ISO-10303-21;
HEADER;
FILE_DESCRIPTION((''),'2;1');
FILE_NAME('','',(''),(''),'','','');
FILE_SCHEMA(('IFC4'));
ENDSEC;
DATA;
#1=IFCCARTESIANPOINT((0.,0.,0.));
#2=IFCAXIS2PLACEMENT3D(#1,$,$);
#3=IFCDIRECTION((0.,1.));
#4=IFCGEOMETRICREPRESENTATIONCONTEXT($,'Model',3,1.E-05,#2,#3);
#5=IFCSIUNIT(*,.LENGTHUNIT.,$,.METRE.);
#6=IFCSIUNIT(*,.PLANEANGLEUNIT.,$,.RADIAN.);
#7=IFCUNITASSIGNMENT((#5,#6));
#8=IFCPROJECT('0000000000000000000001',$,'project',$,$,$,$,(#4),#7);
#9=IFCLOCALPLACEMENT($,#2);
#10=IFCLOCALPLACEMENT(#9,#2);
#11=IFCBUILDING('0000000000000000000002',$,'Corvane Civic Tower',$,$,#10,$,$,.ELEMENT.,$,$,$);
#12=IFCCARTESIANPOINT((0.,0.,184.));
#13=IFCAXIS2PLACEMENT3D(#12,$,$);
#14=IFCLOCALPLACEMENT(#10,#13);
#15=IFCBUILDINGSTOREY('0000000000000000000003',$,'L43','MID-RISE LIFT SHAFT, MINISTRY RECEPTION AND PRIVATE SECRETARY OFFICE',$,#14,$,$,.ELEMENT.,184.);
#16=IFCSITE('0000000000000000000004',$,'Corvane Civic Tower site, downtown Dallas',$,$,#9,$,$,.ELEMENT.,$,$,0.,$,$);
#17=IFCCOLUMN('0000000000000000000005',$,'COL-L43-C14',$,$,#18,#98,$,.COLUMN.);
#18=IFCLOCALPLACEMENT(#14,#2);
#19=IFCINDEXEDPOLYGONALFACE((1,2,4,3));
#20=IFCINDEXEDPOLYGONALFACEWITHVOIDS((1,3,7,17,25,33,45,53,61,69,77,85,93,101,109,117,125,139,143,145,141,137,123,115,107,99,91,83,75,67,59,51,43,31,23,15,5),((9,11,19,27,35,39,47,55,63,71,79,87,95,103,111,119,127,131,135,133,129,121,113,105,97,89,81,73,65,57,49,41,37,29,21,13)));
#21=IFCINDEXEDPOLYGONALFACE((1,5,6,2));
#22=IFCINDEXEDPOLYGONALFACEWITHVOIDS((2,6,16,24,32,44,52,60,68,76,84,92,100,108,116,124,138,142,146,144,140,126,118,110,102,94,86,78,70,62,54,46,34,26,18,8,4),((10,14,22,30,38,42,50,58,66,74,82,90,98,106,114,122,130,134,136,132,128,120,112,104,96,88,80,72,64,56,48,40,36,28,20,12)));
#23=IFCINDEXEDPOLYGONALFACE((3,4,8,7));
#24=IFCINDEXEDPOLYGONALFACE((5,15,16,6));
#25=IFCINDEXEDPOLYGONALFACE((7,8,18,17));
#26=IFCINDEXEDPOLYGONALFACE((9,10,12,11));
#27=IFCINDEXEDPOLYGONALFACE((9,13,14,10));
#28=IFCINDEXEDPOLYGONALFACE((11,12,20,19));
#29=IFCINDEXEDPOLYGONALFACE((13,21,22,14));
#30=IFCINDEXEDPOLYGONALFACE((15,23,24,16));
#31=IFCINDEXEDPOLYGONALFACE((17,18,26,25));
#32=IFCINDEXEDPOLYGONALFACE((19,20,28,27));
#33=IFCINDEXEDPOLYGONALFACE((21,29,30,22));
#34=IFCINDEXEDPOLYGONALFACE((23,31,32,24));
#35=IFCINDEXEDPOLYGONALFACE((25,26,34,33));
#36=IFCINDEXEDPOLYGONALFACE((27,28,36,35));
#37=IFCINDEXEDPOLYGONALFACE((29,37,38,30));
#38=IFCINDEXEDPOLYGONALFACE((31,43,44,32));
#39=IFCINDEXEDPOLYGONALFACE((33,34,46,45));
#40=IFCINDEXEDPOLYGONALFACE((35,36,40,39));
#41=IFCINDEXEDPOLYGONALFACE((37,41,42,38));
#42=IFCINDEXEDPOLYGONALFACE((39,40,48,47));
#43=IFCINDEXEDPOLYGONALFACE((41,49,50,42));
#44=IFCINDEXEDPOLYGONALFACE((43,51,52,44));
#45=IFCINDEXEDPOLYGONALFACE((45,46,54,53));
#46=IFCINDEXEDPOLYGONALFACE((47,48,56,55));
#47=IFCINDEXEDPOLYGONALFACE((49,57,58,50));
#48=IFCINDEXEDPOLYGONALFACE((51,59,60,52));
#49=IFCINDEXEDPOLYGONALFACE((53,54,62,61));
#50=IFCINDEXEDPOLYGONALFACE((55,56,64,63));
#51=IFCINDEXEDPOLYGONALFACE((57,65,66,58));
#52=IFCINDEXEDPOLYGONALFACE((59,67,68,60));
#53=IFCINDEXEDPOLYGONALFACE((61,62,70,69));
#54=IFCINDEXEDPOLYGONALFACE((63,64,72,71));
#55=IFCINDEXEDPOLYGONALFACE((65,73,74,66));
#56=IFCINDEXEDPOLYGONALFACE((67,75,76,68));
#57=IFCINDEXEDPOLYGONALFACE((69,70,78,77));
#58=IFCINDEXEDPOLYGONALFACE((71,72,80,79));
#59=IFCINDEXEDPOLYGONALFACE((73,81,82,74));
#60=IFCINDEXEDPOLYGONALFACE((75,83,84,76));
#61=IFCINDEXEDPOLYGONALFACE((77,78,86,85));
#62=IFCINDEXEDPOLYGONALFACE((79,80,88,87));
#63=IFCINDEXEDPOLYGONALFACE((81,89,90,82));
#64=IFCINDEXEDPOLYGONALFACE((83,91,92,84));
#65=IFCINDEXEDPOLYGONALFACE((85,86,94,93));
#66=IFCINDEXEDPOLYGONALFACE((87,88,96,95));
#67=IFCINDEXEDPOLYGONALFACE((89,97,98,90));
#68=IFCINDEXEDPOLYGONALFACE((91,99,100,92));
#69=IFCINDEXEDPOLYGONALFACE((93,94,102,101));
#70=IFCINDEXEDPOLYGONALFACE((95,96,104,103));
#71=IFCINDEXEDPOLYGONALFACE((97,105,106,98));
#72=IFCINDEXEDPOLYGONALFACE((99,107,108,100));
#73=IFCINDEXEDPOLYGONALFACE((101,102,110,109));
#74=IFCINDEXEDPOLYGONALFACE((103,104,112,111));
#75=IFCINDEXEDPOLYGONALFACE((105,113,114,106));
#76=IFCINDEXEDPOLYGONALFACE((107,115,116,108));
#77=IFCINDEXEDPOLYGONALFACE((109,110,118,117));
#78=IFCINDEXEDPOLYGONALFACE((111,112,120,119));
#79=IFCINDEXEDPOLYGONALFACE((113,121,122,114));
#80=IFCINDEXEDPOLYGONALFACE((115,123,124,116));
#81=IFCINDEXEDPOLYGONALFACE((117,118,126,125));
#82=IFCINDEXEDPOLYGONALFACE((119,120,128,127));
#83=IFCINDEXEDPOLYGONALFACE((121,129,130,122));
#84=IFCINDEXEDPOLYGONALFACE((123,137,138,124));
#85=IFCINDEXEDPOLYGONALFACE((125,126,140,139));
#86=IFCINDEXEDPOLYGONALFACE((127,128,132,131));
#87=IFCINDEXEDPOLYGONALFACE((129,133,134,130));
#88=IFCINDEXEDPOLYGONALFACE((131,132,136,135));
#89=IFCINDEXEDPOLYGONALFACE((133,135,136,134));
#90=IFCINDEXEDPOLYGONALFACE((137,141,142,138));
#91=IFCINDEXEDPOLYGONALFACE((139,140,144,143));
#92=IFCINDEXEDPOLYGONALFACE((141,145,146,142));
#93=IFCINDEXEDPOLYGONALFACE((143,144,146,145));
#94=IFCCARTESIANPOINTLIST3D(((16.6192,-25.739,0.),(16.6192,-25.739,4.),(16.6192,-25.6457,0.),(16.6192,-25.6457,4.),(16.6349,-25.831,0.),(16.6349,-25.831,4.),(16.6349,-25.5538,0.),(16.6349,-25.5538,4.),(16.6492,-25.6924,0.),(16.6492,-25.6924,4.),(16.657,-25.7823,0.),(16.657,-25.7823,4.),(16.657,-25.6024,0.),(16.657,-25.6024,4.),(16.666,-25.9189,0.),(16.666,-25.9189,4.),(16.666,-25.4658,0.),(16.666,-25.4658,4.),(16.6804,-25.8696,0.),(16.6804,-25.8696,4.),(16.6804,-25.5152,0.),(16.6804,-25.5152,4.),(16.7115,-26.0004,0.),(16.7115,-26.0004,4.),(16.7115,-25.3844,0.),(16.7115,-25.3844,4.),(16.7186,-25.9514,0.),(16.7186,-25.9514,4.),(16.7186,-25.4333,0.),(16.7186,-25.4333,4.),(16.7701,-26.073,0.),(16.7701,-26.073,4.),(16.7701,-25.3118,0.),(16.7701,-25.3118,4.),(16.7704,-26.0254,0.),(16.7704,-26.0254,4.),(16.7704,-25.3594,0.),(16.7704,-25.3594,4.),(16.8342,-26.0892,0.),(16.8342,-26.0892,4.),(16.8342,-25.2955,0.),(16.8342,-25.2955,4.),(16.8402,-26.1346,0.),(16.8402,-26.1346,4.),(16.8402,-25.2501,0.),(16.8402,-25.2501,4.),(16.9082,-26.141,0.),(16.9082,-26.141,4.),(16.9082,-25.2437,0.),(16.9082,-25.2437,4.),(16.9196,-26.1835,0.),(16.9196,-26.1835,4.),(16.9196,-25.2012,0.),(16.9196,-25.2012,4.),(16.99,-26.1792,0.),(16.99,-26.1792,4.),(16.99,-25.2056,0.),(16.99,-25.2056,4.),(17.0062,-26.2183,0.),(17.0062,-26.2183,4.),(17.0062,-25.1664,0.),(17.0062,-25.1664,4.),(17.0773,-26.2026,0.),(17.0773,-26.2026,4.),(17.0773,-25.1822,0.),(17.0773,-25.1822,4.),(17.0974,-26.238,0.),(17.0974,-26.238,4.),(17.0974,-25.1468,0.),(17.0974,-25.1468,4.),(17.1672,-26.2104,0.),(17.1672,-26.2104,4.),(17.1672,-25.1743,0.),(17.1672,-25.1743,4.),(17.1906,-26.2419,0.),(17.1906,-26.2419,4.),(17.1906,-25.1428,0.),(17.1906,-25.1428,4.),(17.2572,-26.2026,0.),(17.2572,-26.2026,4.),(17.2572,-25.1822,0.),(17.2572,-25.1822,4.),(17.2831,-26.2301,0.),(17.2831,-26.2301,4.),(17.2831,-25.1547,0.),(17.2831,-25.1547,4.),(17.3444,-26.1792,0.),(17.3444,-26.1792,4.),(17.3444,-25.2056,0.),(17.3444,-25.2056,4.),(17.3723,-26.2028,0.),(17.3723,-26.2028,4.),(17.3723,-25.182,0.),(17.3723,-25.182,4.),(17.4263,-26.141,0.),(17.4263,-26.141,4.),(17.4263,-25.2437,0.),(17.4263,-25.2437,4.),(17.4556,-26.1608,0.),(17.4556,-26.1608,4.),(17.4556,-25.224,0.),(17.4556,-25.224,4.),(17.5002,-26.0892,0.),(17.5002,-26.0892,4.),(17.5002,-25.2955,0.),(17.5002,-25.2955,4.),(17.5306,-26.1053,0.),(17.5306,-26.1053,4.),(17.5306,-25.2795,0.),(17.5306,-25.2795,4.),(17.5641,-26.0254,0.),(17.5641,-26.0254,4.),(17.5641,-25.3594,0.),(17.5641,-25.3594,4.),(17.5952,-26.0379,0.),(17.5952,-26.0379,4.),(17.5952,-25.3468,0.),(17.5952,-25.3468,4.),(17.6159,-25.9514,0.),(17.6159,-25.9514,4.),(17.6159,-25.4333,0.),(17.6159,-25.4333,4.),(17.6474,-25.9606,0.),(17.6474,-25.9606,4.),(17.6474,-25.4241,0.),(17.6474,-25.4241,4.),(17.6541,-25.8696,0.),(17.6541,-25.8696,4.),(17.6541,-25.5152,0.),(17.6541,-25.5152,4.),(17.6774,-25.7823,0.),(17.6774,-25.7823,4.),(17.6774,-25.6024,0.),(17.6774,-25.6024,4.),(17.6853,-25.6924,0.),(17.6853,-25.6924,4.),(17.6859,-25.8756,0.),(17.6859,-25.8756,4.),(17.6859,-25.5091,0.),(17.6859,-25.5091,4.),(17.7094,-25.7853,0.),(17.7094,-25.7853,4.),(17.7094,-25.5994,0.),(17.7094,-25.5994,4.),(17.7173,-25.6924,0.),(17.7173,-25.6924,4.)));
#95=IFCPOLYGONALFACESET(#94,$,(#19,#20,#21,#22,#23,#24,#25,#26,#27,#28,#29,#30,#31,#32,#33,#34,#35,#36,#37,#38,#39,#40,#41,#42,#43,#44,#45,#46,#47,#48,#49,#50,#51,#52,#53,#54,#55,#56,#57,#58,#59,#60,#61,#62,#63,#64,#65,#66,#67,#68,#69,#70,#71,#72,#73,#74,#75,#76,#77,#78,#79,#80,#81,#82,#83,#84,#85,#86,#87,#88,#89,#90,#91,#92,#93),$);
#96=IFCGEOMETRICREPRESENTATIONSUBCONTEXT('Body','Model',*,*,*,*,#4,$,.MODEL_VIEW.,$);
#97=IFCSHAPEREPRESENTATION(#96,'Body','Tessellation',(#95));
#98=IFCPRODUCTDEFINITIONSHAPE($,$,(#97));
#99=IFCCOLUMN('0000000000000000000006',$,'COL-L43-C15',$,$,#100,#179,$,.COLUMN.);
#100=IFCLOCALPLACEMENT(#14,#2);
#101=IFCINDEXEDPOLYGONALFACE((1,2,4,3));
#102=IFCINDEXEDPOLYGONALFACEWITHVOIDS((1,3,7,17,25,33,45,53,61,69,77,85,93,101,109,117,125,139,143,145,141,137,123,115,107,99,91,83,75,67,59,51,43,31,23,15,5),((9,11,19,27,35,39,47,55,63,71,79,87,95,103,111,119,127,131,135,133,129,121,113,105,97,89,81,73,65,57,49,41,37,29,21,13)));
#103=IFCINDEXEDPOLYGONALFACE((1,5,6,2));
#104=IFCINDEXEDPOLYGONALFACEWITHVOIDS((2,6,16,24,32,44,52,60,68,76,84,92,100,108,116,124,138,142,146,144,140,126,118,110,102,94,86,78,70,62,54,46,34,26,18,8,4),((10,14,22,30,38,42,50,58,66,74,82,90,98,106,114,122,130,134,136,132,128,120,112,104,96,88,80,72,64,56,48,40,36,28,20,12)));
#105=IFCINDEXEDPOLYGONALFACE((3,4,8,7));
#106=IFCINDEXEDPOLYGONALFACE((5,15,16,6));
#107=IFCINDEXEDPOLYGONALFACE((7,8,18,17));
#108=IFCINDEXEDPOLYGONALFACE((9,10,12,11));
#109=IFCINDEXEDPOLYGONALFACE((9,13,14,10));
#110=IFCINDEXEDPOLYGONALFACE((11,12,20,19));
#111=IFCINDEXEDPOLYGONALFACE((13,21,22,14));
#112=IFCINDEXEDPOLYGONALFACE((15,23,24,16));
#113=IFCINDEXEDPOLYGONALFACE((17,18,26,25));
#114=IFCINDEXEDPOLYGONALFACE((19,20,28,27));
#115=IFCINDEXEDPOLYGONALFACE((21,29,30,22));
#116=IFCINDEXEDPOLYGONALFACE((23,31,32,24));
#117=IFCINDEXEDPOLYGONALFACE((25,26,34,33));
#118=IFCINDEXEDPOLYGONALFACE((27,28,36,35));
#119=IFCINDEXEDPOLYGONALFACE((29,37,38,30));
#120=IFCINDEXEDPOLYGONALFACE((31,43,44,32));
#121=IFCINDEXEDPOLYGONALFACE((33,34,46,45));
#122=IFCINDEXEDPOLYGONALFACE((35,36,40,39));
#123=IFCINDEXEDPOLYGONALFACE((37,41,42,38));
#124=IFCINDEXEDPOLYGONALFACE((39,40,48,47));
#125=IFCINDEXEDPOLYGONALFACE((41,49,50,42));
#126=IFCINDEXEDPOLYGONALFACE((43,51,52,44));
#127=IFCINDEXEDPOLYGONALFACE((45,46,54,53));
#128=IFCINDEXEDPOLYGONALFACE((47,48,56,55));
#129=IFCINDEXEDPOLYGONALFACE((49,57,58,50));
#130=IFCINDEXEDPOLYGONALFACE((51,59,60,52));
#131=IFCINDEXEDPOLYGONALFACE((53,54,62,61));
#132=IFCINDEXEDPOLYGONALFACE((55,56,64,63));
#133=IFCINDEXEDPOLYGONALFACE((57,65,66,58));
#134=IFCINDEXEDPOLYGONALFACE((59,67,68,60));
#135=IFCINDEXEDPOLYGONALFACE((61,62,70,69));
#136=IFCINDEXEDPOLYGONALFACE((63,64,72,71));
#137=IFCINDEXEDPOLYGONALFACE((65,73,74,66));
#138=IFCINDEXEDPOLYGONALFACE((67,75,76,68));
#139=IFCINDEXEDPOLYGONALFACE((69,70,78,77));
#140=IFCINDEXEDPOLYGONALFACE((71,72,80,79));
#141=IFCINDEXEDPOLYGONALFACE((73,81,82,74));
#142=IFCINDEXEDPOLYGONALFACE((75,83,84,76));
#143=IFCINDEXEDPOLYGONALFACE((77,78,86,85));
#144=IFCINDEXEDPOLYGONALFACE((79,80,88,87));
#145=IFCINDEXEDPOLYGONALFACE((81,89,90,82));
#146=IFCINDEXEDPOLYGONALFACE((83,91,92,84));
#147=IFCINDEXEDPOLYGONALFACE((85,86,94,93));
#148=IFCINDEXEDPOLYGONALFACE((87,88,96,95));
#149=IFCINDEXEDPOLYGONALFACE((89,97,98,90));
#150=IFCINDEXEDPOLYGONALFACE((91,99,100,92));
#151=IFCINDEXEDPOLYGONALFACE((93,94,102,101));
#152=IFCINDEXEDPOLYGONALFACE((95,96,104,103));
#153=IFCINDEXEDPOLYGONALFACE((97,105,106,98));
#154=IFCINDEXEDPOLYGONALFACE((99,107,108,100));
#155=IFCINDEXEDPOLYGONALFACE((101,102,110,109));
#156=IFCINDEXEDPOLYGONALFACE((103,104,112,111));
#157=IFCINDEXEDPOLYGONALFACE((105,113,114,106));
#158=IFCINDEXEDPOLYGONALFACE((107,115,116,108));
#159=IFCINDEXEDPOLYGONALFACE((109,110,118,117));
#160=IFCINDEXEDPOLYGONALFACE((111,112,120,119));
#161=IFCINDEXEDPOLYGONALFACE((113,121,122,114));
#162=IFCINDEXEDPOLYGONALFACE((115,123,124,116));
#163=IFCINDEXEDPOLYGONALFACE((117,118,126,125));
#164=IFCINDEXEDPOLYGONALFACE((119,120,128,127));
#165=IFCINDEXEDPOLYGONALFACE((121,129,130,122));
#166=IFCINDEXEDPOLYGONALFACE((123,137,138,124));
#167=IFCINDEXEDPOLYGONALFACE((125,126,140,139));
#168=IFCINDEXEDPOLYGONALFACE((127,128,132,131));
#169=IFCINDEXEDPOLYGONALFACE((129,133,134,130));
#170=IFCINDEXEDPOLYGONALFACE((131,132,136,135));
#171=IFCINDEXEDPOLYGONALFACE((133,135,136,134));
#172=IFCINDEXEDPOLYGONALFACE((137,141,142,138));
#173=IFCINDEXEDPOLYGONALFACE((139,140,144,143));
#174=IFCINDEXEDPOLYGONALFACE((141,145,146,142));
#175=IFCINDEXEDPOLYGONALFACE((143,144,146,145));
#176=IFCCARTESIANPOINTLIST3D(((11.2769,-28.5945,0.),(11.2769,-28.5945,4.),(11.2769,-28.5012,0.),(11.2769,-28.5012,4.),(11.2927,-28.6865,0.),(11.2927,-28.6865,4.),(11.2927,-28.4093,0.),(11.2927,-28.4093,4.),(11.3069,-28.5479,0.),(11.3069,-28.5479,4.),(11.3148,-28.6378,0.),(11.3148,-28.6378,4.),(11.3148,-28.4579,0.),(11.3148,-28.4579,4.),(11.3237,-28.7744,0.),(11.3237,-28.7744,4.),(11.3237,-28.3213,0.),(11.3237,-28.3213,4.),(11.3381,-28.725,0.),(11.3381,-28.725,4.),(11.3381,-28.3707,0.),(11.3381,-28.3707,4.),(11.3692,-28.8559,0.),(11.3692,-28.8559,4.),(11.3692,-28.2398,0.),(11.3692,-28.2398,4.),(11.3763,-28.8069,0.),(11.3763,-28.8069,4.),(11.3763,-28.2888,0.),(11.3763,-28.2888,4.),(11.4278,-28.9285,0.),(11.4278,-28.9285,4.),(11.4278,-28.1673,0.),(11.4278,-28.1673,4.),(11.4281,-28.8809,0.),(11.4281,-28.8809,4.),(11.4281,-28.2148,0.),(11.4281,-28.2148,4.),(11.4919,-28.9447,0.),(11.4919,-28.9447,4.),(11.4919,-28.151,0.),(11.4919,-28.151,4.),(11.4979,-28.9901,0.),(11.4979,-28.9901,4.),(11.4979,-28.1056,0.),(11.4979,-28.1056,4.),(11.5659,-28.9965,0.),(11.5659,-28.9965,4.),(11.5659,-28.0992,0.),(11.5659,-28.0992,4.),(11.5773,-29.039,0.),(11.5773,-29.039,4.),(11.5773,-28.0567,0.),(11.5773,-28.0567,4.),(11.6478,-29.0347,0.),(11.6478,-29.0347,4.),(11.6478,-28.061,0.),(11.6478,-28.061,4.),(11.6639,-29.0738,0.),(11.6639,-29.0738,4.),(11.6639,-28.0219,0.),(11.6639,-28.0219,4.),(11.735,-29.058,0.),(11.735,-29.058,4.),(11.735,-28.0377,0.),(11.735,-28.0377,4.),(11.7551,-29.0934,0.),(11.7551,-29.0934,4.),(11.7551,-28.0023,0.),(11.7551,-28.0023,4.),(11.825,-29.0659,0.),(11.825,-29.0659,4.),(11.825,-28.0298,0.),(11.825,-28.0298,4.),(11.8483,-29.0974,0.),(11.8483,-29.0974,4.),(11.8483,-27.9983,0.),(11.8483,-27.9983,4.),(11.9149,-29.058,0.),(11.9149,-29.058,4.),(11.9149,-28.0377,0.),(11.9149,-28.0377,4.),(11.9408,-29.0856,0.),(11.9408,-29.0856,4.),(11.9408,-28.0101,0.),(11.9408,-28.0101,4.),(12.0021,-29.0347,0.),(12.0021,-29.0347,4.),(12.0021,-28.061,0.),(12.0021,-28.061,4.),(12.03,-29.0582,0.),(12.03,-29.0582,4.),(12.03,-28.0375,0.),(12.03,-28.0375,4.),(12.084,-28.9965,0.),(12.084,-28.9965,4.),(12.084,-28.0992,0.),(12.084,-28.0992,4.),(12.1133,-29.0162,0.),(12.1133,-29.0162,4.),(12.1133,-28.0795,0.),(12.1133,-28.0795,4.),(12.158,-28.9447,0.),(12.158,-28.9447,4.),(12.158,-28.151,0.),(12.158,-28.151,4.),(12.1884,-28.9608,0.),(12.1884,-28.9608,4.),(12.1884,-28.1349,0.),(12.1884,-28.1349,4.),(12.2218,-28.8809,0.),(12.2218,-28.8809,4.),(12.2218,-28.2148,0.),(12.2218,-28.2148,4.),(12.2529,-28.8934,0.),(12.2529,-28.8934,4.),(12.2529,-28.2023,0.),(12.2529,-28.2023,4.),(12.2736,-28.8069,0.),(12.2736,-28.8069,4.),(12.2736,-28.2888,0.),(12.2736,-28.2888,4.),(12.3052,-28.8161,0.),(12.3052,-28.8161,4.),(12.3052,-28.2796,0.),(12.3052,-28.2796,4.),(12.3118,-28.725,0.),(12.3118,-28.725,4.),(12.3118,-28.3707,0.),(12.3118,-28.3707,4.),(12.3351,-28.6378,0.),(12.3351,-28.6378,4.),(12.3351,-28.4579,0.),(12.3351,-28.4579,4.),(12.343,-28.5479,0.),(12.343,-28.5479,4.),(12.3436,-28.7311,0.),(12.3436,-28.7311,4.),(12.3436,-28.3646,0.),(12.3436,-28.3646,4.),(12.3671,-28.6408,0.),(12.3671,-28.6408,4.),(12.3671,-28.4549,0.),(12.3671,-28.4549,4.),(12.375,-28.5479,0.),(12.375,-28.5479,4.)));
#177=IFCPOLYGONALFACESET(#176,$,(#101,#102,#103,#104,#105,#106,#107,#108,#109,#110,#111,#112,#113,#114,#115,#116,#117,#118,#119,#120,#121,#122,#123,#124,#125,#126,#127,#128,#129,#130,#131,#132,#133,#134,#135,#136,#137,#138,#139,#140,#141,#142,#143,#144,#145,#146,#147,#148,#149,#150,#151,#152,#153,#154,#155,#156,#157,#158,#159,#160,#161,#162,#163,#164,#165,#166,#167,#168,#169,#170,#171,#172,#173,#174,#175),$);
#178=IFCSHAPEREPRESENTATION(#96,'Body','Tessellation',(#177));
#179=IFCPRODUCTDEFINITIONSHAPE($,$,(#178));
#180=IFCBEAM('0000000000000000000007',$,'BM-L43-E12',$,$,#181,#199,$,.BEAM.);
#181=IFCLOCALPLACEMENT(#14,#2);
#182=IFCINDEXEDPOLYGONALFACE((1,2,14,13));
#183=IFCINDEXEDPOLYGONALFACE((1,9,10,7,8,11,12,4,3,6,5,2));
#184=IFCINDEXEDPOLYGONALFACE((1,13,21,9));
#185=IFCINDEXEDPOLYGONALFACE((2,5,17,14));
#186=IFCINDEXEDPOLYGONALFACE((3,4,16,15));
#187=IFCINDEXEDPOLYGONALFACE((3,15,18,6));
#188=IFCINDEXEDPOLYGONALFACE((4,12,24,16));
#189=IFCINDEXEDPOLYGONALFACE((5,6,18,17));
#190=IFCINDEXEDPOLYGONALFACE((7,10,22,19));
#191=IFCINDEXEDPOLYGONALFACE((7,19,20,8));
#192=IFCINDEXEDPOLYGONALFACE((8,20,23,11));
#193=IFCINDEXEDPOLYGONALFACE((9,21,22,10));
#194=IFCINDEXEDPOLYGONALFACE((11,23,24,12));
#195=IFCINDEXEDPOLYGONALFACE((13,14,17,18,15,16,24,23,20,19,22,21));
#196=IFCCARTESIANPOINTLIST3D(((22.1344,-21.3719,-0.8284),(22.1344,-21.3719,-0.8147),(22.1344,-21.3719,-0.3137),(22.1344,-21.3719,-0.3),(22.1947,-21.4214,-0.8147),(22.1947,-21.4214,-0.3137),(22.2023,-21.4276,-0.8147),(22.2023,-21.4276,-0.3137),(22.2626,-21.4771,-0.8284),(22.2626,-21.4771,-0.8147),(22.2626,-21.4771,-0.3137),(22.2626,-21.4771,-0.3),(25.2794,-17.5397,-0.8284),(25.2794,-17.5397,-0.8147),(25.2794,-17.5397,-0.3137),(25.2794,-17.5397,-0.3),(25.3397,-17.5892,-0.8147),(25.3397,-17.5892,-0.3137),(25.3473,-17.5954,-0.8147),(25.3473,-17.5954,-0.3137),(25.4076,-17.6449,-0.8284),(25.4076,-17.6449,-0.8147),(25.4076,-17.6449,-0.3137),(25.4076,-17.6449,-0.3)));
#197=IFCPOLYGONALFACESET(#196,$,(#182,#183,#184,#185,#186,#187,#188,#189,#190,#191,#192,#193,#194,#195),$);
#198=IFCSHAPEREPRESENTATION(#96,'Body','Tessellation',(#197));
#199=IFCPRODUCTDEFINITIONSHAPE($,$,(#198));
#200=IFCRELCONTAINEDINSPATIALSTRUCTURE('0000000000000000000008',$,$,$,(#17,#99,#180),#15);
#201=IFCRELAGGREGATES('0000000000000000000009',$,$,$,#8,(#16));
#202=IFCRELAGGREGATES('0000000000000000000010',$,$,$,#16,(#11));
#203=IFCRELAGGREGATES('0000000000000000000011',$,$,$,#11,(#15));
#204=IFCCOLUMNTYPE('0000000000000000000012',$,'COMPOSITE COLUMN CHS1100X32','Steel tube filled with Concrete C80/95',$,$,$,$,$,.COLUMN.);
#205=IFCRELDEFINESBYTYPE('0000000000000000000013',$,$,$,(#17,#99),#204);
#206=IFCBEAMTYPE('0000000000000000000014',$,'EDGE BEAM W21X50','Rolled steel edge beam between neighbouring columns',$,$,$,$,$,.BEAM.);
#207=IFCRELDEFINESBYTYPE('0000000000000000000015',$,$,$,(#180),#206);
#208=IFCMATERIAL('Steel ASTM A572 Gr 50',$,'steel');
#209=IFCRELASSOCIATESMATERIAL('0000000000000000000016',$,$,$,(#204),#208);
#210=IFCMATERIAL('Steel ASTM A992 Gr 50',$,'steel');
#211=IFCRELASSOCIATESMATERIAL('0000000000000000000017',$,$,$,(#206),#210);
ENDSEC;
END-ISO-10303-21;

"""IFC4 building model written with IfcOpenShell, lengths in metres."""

from ifc_helpers import new_model, si_unit, direction, frame, origin, origin_2d, place, context, subcontext, project, spatial, hollow_circle, i_section, extrude, material, material_profile, profile_set, type_object, element, save


model = new_model("IFC4")

# Units and contexts
model_context = context("Model", 3, precision=1e-05, world=origin(), true_north=direction((0.0, 1.0)))
body_context = subcontext(model_context, "Body", "Model", "MODEL_VIEW")
ifc_project = project(units=[si_unit("LENGTHUNIT", "METRE"), si_unit("PLANEANGLEUNIT", "RADIAN")], contexts=[model_context])

# Site, building, storey
site_placement = place(None, origin())
site = spatial("IfcSite", under=ifc_project, at=site_placement, Name="Corvane Civic Tower site, downtown Dallas", CompositionType="ELEMENT", RefElevation=0.0)
building_placement = place(site_placement, origin())
building = spatial("IfcBuilding", under=site, at=building_placement, Name="Corvane Civic Tower", CompositionType="ELEMENT")
storey_placement = place(building_placement, frame((0.0, 0.0, 184.0)))
storey = spatial("IfcBuildingStorey", under=building, at=storey_placement, Name="L43", Description="MID-RISE LIFT SHAFT, MINISTRY RECEPTION AND PRIVATE SECRETARY OFFICE", CompositionType="ELEMENT", Elevation=184.0)

# Columns
ifc_material_1 = material(Name="Steel ASTM A572 Gr 50", Category="steel")
ifc_material_profile_1 = material_profile(ifc_material_1, hollow_circle(Radius=0.55, WallThickness=0.032, at=origin_2d()), Name="CHS1100X32")
ifc_profile_set_1 = profile_set([ifc_material_profile_1], Name="Steel ASTM A572 Gr 50")
column_type = type_object("IfcColumnType", Name="COMPOSITE COLUMN CHS1100X32", Description="Steel tube filled with Concrete C80/95", PredefinedType="COLUMN", material=ifc_profile_set_1)
for number, where, z_axis, x_axis, name in (
    (1, (17.1672, -25.6924, 0.0), (0.0, 0.0, 1.0), (1.0, 0.0, 0.0), "COL-L43-C14"),
    (2, (11.825, -28.5479, 0.0), (0.0, 0.0, 1.0), (1.0, 0.0, 0.0), "COL-L43-C15"),
):
    element("IfcColumn", number, at=place(storey_placement, frame(where, z_axis=z_axis, x_axis=x_axis)), inside=storey, type_object=column_type, Name=name, PredefinedType="COLUMN", context=body_context, shape_type="SweptSolid", body=[
        extrude(hollow_circle(Radius=0.55, WallThickness=0.032, at=origin_2d()), origin(), (0.0, 0.0, 1.0), 4.0),
    ])

# Beam
ifc_material_2 = material(Name="Steel ASTM A992 Gr 50", Category="steel")
ifc_material_profile_2 = material_profile(ifc_material_2, i_section(OverallWidth=0.1658, OverallDepth=0.5283, WebThickness=0.0098, FlangeThickness=0.0137, at=origin_2d()), Name="W21X50")
ifc_profile_set_2 = profile_set([ifc_material_profile_2], Name="Steel ASTM A992 Gr 50")
beam_type = type_object("IfcBeamType", Name="EDGE BEAM W21X50", Description="Rolled steel edge beam between neighbouring columns", PredefinedType="BEAM", material=ifc_profile_set_2)
for number, where, z_axis, x_axis, name in (
    (3, (25.3435, -17.5923, -0.5642), (-0.634388, -0.773015, 0.0), (0.773015, -0.634388, 0.0), "BM-L43-E12"),
):
    element("IfcBeam", number, at=place(storey_placement, frame(where, z_axis=z_axis, x_axis=x_axis)), inside=storey, type_object=beam_type, Name=name, PredefinedType="BEAM", context=body_context, shape_type="SweptSolid", body=[
        extrude(i_section(OverallWidth=0.1658, OverallDepth=0.5283, WebThickness=0.0098, FlangeThickness=0.0137, at=origin_2d()), origin(), (0.0, 0.0, 1.0), 4.9575),
    ])

save(model, "model.ifc")
